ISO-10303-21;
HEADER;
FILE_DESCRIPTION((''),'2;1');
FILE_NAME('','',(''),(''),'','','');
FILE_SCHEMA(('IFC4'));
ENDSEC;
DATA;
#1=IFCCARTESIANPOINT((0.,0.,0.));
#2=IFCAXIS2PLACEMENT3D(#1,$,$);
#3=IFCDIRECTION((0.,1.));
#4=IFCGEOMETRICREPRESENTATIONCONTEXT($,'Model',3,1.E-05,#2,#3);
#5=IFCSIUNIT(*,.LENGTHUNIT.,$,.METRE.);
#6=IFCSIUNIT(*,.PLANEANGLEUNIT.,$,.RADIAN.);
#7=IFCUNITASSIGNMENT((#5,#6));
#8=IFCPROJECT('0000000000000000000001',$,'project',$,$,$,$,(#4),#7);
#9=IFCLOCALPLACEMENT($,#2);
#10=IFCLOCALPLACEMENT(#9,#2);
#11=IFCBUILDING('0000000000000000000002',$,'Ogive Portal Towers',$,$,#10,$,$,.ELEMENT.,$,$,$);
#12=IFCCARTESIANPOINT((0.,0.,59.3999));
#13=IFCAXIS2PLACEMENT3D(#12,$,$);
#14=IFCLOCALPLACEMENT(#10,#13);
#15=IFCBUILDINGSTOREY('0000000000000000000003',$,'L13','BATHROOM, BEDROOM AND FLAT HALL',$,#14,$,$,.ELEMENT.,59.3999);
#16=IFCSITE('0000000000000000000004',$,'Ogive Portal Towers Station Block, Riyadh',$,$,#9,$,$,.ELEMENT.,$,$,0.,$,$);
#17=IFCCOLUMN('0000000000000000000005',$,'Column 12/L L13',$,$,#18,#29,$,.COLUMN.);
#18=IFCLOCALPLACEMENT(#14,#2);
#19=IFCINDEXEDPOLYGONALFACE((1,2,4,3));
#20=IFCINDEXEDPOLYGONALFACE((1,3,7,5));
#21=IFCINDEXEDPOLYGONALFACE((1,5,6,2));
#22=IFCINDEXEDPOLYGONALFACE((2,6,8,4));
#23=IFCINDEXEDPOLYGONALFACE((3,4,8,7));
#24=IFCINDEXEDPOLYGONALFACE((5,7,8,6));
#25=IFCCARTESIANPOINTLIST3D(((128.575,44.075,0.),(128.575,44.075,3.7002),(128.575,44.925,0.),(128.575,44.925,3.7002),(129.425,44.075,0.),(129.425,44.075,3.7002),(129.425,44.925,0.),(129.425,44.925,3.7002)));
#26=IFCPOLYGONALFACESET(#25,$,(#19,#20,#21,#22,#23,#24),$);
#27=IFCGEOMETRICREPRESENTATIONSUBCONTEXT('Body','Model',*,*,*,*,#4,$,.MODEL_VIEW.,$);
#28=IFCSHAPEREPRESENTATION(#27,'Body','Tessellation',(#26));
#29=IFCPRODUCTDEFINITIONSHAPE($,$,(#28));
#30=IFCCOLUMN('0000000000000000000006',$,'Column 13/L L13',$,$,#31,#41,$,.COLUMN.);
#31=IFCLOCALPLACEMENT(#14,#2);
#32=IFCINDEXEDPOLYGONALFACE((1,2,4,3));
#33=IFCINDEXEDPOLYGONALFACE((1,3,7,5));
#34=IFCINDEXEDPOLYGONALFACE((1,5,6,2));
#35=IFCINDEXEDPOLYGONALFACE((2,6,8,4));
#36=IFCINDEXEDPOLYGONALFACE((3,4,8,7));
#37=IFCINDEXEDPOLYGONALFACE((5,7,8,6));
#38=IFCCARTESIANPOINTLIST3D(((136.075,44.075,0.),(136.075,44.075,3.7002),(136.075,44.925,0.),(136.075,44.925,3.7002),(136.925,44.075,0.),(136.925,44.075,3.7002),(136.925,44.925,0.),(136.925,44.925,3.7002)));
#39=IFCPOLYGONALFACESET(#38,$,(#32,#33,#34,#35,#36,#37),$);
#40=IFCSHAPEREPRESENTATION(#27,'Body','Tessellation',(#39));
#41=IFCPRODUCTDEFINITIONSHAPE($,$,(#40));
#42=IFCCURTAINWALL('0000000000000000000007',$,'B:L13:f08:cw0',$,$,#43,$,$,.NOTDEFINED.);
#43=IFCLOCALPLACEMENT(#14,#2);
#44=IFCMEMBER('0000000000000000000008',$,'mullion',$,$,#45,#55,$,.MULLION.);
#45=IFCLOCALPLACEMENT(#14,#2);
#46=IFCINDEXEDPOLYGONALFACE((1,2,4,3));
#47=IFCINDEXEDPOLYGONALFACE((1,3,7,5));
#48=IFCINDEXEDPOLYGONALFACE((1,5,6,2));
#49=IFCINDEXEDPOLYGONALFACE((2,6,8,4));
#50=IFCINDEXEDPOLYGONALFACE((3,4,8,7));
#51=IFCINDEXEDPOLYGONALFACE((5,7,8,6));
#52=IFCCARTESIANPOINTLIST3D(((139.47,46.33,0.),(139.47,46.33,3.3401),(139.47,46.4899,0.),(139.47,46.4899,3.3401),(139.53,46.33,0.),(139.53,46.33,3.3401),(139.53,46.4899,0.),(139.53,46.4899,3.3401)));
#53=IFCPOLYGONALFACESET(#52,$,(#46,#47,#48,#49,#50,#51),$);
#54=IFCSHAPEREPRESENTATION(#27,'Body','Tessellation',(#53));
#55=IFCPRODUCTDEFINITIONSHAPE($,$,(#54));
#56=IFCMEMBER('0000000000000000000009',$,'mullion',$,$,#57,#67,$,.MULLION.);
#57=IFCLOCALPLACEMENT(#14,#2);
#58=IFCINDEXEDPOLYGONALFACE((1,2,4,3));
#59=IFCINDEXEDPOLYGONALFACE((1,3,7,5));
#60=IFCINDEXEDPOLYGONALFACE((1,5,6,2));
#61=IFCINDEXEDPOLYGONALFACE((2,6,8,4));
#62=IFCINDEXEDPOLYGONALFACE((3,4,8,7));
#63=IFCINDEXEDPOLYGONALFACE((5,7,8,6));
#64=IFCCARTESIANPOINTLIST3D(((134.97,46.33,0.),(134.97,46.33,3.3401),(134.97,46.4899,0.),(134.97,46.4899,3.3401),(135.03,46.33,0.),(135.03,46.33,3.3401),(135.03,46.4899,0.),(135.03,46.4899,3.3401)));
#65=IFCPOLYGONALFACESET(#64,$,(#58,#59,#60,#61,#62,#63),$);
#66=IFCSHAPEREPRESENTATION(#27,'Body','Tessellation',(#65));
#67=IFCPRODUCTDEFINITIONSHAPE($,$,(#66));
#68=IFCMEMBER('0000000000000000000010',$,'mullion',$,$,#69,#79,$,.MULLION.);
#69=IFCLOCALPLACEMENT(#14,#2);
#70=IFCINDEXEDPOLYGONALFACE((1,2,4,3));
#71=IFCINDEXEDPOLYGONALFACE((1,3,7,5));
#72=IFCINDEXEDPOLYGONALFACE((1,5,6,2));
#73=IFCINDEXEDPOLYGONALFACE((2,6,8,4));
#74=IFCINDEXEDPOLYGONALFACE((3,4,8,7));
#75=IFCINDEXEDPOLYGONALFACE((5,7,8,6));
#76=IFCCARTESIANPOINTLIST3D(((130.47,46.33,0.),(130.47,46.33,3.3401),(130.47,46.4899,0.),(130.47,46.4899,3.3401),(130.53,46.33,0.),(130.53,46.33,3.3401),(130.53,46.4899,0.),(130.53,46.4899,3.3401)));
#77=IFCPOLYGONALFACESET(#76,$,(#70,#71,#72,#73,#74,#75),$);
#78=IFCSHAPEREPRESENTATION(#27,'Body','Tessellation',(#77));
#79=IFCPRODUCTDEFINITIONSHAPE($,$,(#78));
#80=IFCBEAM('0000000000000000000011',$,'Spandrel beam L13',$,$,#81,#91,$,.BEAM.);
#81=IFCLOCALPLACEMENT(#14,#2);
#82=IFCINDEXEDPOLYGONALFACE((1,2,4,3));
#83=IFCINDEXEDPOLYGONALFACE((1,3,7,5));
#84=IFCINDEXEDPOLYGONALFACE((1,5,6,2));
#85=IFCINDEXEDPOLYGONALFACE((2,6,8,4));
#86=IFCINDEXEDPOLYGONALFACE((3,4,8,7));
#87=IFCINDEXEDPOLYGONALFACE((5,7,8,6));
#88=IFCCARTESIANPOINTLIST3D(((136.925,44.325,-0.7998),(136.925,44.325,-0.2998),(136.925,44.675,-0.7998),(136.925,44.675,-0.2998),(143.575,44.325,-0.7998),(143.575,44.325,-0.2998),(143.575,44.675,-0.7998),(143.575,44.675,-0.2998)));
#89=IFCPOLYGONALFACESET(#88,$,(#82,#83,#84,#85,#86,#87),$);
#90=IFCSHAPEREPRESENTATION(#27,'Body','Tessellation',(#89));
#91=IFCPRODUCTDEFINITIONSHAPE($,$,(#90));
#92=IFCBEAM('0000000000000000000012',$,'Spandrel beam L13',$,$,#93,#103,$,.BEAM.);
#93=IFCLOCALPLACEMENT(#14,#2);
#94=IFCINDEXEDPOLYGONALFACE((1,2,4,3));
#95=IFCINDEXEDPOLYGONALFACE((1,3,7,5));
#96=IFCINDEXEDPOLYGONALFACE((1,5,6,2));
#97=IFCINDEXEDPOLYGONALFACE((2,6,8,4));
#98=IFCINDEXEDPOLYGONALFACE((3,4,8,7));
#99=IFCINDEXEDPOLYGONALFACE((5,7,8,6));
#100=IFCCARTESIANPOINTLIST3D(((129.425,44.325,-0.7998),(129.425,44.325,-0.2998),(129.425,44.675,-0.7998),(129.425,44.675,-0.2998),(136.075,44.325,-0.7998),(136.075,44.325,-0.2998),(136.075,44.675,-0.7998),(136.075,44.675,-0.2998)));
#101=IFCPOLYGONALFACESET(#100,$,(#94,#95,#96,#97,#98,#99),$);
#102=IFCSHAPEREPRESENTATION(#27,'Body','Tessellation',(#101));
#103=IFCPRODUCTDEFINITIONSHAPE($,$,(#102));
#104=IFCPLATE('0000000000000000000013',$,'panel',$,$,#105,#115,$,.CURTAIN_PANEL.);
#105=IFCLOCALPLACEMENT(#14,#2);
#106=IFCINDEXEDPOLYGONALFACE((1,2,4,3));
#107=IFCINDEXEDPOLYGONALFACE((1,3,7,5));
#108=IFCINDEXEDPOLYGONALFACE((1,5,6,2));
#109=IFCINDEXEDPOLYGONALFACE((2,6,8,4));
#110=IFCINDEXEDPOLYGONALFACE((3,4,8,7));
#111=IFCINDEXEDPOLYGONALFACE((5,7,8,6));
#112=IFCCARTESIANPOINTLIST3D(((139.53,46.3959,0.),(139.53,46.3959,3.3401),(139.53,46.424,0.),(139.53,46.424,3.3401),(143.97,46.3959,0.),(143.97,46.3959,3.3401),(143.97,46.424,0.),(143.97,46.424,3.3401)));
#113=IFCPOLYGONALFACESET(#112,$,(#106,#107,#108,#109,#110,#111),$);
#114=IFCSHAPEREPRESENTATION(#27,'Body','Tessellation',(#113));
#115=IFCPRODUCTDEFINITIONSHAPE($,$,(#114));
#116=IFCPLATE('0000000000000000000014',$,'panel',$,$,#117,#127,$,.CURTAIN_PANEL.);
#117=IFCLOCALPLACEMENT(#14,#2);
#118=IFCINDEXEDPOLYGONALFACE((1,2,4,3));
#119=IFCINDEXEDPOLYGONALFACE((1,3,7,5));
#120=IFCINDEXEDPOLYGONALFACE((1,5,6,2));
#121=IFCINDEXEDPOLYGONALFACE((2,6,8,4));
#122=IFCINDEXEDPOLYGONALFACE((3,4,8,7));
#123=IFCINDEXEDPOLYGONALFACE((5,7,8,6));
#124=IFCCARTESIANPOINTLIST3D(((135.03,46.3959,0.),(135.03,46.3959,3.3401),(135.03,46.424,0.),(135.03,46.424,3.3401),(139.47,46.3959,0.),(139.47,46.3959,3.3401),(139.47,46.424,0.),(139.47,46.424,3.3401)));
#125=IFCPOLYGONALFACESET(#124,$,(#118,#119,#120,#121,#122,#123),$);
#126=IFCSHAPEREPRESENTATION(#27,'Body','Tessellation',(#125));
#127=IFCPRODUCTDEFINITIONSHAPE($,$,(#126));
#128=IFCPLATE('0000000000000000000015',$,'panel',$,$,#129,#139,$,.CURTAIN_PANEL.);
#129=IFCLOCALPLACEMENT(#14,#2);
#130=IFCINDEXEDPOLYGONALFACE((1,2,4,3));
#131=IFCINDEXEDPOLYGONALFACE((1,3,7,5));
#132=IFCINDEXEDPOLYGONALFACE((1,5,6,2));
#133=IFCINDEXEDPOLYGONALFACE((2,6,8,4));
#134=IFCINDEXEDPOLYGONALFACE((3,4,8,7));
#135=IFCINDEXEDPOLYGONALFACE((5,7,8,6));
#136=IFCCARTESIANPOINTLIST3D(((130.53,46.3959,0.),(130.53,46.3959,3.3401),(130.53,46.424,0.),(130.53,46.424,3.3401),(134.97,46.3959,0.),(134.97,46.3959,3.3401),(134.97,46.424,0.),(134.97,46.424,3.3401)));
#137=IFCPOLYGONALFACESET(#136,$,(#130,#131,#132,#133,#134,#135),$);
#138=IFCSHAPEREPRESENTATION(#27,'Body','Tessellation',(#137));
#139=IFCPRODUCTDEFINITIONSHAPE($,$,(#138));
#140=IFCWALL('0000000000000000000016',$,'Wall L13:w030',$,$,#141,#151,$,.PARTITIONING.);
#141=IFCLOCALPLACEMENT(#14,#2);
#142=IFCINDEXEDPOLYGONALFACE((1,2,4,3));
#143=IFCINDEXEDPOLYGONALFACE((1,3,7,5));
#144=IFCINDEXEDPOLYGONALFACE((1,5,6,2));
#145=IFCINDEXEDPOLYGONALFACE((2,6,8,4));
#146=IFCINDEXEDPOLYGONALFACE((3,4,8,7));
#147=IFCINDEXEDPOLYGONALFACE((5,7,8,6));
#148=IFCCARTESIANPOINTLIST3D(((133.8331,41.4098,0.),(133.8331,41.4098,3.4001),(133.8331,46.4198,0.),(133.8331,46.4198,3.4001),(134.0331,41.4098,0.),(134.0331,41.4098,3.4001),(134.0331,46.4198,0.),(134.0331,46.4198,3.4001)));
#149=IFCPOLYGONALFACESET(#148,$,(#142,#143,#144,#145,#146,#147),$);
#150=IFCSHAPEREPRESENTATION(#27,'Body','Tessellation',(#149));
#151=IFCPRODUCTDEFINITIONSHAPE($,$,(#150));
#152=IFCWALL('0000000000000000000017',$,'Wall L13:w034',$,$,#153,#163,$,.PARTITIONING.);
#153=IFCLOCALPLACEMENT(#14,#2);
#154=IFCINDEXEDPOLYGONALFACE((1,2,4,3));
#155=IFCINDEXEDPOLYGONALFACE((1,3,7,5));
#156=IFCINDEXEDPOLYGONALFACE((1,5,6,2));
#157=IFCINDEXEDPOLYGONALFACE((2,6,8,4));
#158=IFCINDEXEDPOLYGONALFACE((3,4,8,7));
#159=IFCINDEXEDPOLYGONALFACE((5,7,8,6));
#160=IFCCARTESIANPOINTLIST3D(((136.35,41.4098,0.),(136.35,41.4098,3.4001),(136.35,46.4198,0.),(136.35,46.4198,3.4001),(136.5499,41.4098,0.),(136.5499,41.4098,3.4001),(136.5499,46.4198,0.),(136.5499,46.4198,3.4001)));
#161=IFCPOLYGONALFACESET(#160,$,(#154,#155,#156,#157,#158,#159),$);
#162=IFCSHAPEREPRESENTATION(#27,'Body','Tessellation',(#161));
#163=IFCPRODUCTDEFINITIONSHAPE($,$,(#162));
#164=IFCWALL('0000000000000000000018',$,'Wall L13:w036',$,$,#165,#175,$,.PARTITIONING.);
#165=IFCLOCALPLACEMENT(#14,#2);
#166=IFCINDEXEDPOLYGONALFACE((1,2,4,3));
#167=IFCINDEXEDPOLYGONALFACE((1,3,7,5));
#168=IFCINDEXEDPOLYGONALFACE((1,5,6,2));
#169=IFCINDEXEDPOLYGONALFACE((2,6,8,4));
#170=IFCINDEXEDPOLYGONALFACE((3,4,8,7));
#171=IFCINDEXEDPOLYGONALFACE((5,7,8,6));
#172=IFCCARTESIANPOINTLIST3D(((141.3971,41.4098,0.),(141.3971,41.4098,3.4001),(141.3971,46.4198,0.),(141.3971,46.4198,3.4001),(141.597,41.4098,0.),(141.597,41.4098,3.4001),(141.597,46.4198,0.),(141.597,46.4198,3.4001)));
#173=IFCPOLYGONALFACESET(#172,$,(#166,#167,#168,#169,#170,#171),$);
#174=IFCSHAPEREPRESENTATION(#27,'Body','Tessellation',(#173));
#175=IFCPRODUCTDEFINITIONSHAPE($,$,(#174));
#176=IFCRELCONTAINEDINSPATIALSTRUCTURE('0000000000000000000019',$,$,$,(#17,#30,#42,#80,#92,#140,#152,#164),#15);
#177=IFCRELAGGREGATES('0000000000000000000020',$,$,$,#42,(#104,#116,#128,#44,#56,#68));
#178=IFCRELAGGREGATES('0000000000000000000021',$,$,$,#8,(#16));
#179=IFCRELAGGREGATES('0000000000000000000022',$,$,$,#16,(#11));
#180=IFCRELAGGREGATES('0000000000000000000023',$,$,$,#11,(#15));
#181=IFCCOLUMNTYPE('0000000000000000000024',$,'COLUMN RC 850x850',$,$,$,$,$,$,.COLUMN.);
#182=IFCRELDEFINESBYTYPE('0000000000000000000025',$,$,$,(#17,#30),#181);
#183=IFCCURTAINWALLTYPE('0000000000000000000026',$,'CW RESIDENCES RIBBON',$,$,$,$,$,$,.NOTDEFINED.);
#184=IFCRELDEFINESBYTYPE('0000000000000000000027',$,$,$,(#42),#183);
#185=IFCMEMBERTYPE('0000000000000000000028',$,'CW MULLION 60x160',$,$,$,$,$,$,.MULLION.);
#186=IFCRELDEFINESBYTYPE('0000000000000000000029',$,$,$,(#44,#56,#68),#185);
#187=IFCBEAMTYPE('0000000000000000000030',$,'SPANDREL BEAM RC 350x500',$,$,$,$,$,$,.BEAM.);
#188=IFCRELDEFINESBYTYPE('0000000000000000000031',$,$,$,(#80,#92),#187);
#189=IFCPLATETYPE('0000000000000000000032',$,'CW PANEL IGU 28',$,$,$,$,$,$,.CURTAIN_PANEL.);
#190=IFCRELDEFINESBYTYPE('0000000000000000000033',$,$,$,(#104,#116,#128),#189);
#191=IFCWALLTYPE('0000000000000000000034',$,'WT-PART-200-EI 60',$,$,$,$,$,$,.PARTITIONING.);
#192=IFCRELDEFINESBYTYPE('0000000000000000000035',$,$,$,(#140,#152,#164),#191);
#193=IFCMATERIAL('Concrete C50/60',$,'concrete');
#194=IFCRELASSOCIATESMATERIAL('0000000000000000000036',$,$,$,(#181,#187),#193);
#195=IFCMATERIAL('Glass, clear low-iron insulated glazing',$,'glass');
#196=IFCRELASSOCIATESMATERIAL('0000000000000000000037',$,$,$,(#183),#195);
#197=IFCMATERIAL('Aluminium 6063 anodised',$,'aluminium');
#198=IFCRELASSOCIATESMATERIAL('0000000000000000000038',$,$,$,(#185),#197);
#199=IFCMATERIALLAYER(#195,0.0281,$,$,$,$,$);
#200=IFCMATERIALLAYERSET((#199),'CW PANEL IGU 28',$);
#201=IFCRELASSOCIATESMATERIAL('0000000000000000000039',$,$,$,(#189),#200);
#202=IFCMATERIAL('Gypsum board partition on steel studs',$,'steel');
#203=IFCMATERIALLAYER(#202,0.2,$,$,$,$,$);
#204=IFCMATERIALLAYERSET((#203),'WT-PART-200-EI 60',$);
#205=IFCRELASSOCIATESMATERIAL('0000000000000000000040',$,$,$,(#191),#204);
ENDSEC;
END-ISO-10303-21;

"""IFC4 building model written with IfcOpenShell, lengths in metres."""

from ifc_helpers import new_model, si_unit, direction, frame, frame_2d, origin, origin_2d, place, context, subcontext, project, spatial, rectangle, extrude, material, layer, layer_set, material_profile, profile_set, type_object, element, aggregate, save


model = new_model("IFC4")

# Units and contexts
model_context = context("Model", 3, precision=1e-05, world=origin(), true_north=direction((0.0, 1.0)))
body_context = subcontext(model_context, "Body", "Model", "MODEL_VIEW")
ifc_project = project(units=[si_unit("LENGTHUNIT", "METRE"), si_unit("PLANEANGLEUNIT", "RADIAN")], contexts=[model_context])

# Site, building, storey
site_placement = place(None, origin())
site = spatial("IfcSite", under=ifc_project, at=site_placement, Name="Ogive Portal Towers Station Block, Riyadh", CompositionType="ELEMENT", RefElevation=0.0)
building_placement = place(site_placement, origin())
building = spatial("IfcBuilding", under=site, at=building_placement, Name="Ogive Portal Towers", CompositionType="ELEMENT")
storey_placement = place(building_placement, frame((0.0, 0.0, 59.3999)))
storey = spatial("IfcBuildingStorey", under=building, at=storey_placement, Name="L13", Description="BATHROOM, BEDROOM AND FLAT HALL", CompositionType="ELEMENT", Elevation=59.3999)

# Columns
ifc_material_1 = material(Name="Concrete C50/60", Category="concrete")
ifc_material_profile_1 = material_profile(ifc_material_1, rectangle(XDim=0.8501, YDim=0.8501, at=origin_2d()), Name="RC 850x850")
ifc_profile_set_1 = profile_set([ifc_material_profile_1], Name="Concrete C50/60")
column_type = type_object("IfcColumnType", Name="COLUMN RC 850x850", PredefinedType="COLUMN", material=ifc_profile_set_1)
for number, where, z_axis, x_axis, name in (
    (1, (129.0, 44.5, 0.0), (0.0, 0.0, 1.0), (1.0, 0.0, 0.0), "Column 12/L L13"),
    (2, (136.5, 44.5, 0.0), (0.0, 0.0, 1.0), (1.0, 0.0, 0.0), "Column 13/L L13"),
):
    element("IfcColumn", number, at=place(storey_placement, frame(where, z_axis=z_axis, x_axis=x_axis)), inside=storey, type_object=column_type, Name=name, PredefinedType="COLUMN", context=body_context, shape_type="SweptSolid", body=[
        extrude(rectangle(XDim=0.8501, YDim=0.8501, at=origin_2d()), origin(), (0.0, 0.0, 1.0), 3.7002),
    ])

# Curtain wall, members
ifc_material_2 = material(Name="Glass, clear low-iron insulated glazing", Category="glass")
curtain_wall_type = type_object("IfcCurtainWallType", Name="CW RESIDENCES RIBBON", PredefinedType="NOTDEFINED", material=ifc_material_2)
curtain_wall_placement = place(storey_placement, origin())
curtain_wall = element("IfcCurtainWall", 3, at=curtain_wall_placement, inside=storey, type_object=curtain_wall_type, Name="B:L13:f08:cw0", PredefinedType="NOTDEFINED")
ifc_material_3 = material(Name="Aluminium 6063 anodised", Category="aluminium")
ifc_material_profile_2 = material_profile(ifc_material_3, rectangle(XDim=0.1599, YDim=0.0601, at=origin_2d()), Name="AL 60x160")
ifc_profile_set_2 = profile_set([ifc_material_profile_2], Name="Aluminium 6063 anodised")
member_type = type_object("IfcMemberType", Name="CW MULLION 60x160", PredefinedType="MULLION", material=ifc_profile_set_2)
member_1_placement = place(storey_placement, frame((139.5, 46.4099, 0.0), z_axis=(0.0, 0.0, 1.0), x_axis=(0.0, -1.0, 0.0)))
member_1 = element("IfcMember", 4, at=member_1_placement, type_object=member_type, Name="mullion", PredefinedType="MULLION", context=body_context, shape_type="SweptSolid", body=[
    extrude(rectangle(XDim=0.1599, YDim=0.0601, at=origin_2d()), origin(), (0.0, 0.0, 1.0), 3.3401),
])
member_2_placement = place(storey_placement, frame((135.0, 46.4099, 0.0), z_axis=(0.0, 0.0, 1.0), x_axis=(0.0, -1.0, 0.0)))
member_2 = element("IfcMember", 5, at=member_2_placement, type_object=member_type, Name="mullion", PredefinedType="MULLION", context=body_context, shape_type="SweptSolid", body=[
    extrude(rectangle(XDim=0.1599, YDim=0.0601, at=origin_2d()), origin(), (0.0, 0.0, 1.0), 3.3401),
])
member_3_placement = place(storey_placement, frame((130.5, 46.4099, 0.0), z_axis=(0.0, 0.0, 1.0), x_axis=(0.0, -1.0, 0.0)))
member_3 = element("IfcMember", 6, at=member_3_placement, type_object=member_type, Name="mullion", PredefinedType="MULLION", context=body_context, shape_type="SweptSolid", body=[
    extrude(rectangle(XDim=0.1599, YDim=0.0601, at=origin_2d()), origin(), (0.0, 0.0, 1.0), 3.3401),
])

# Beams
ifc_material_profile_3 = material_profile(ifc_material_1, rectangle(XDim=0.3501, YDim=0.5, at=origin_2d()), Name="RC 350x500")
ifc_profile_set_3 = profile_set([ifc_material_profile_3], Name="Concrete C50/60")
beam_type = type_object("IfcBeamType", Name="SPANDREL BEAM RC 350x500", PredefinedType="BEAM", material=ifc_profile_set_3)
for number, where, z_axis, x_axis, name in (
    (7, (143.575, 44.5, -0.5498), (-1.0, 0.0, 0.0), (0.0, -1.0, 0.0), "Spandrel beam L13"),
    (8, (136.075, 44.5, -0.5498), (-1.0, 0.0, 0.0), (0.0, -1.0, 0.0), "Spandrel beam L13"),
):
    element("IfcBeam", number, at=place(storey_placement, frame(where, z_axis=z_axis, x_axis=x_axis)), inside=storey, type_object=beam_type, Name=name, PredefinedType="BEAM", context=body_context, shape_type="SweptSolid", body=[
        extrude(rectangle(XDim=0.3501, YDim=0.5, at=origin_2d()), origin(), (0.0, 0.0, 1.0), 6.6499),
    ])

# Plates
ifc_layer_1 = layer(ifc_material_2, 0.0281)
ifc_layer_set_1 = layer_set([ifc_layer_1], Name="CW PANEL IGU 28")
plate_type = type_object("IfcPlateType", Name="CW PANEL IGU 28", PredefinedType="CURTAIN_PANEL", material=ifc_layer_set_1)
plate_1_placement = place(storey_placement, frame((141.75, 46.4099, 0.0), z_axis=(0.0, 0.0, 1.0), x_axis=(-1.0, 0.0, 0.0)))
plate_1 = element("IfcPlate", 9, at=plate_1_placement, type_object=plate_type, Name="panel", PredefinedType="CURTAIN_PANEL", context=body_context, shape_type="SweptSolid", body=[
    extrude(rectangle(XDim=4.4399, YDim=0.0281, at=origin_2d()), origin(), (0.0, 0.0, 1.0), 3.3401),
])
plate_2_placement = place(storey_placement, frame((137.25, 46.4099, 0.0), z_axis=(0.0, 0.0, 1.0), x_axis=(-1.0, 0.0, 0.0)))
plate_2 = element("IfcPlate", 10, at=plate_2_placement, type_object=plate_type, Name="panel", PredefinedType="CURTAIN_PANEL", context=body_context, shape_type="SweptSolid", body=[
    extrude(rectangle(XDim=4.4399, YDim=0.0281, at=origin_2d()), origin(), (0.0, 0.0, 1.0), 3.3401),
])
plate_3_placement = place(storey_placement, frame((132.75, 46.4099, 0.0), z_axis=(0.0, 0.0, 1.0), x_axis=(-1.0, 0.0, 0.0)))
plate_3 = element("IfcPlate", 11, at=plate_3_placement, type_object=plate_type, Name="panel", PredefinedType="CURTAIN_PANEL", context=body_context, shape_type="SweptSolid", body=[
    extrude(rectangle(XDim=4.4399, YDim=0.0281, at=origin_2d()), origin(), (0.0, 0.0, 1.0), 3.3401),
])
aggregate(curtain_wall, [plate_1, plate_2, plate_3, member_1, member_2, member_3])

# Walls
ifc_material_4 = material(Name="Gypsum board partition on steel studs", Category="steel")
ifc_layer_2 = layer(ifc_material_4, 0.2)
ifc_layer_set_2 = layer_set([ifc_layer_2], Name="WT-PART-200-EI 60")
wall_type = type_object("IfcWallType", Name="WT-PART-200-EI 60", PredefinedType="PARTITIONING", material=ifc_layer_set_2)
for number, where, z_axis, x_axis, name in (
    (12, (133.9331, 41.4099, 0.0), (0.0, 0.0, 1.0), (0.0, 1.0, 0.0), "Wall L13:w030"),
    (13, (136.45, 41.4099, 0.0), (0.0, 0.0, 1.0), (0.0, 1.0, 0.0), "Wall L13:w034"),
    (14, (141.4971, 41.4099, 0.0), (0.0, 0.0, 1.0), (0.0, 1.0, 0.0), "Wall L13:w036"),
):
    element("IfcWall", number, at=place(storey_placement, frame(where, z_axis=z_axis, x_axis=x_axis)), inside=storey, type_object=wall_type, Name=name, PredefinedType="PARTITIONING", context=body_context, shape_type="SweptSolid", body=[
        extrude(rectangle(XDim=5.01, YDim=0.2, at=frame_2d((2.5049, 0.0))), origin(), (0.0, 0.0, 1.0), 3.4001),
    ])

save(model, "model.ifc")
